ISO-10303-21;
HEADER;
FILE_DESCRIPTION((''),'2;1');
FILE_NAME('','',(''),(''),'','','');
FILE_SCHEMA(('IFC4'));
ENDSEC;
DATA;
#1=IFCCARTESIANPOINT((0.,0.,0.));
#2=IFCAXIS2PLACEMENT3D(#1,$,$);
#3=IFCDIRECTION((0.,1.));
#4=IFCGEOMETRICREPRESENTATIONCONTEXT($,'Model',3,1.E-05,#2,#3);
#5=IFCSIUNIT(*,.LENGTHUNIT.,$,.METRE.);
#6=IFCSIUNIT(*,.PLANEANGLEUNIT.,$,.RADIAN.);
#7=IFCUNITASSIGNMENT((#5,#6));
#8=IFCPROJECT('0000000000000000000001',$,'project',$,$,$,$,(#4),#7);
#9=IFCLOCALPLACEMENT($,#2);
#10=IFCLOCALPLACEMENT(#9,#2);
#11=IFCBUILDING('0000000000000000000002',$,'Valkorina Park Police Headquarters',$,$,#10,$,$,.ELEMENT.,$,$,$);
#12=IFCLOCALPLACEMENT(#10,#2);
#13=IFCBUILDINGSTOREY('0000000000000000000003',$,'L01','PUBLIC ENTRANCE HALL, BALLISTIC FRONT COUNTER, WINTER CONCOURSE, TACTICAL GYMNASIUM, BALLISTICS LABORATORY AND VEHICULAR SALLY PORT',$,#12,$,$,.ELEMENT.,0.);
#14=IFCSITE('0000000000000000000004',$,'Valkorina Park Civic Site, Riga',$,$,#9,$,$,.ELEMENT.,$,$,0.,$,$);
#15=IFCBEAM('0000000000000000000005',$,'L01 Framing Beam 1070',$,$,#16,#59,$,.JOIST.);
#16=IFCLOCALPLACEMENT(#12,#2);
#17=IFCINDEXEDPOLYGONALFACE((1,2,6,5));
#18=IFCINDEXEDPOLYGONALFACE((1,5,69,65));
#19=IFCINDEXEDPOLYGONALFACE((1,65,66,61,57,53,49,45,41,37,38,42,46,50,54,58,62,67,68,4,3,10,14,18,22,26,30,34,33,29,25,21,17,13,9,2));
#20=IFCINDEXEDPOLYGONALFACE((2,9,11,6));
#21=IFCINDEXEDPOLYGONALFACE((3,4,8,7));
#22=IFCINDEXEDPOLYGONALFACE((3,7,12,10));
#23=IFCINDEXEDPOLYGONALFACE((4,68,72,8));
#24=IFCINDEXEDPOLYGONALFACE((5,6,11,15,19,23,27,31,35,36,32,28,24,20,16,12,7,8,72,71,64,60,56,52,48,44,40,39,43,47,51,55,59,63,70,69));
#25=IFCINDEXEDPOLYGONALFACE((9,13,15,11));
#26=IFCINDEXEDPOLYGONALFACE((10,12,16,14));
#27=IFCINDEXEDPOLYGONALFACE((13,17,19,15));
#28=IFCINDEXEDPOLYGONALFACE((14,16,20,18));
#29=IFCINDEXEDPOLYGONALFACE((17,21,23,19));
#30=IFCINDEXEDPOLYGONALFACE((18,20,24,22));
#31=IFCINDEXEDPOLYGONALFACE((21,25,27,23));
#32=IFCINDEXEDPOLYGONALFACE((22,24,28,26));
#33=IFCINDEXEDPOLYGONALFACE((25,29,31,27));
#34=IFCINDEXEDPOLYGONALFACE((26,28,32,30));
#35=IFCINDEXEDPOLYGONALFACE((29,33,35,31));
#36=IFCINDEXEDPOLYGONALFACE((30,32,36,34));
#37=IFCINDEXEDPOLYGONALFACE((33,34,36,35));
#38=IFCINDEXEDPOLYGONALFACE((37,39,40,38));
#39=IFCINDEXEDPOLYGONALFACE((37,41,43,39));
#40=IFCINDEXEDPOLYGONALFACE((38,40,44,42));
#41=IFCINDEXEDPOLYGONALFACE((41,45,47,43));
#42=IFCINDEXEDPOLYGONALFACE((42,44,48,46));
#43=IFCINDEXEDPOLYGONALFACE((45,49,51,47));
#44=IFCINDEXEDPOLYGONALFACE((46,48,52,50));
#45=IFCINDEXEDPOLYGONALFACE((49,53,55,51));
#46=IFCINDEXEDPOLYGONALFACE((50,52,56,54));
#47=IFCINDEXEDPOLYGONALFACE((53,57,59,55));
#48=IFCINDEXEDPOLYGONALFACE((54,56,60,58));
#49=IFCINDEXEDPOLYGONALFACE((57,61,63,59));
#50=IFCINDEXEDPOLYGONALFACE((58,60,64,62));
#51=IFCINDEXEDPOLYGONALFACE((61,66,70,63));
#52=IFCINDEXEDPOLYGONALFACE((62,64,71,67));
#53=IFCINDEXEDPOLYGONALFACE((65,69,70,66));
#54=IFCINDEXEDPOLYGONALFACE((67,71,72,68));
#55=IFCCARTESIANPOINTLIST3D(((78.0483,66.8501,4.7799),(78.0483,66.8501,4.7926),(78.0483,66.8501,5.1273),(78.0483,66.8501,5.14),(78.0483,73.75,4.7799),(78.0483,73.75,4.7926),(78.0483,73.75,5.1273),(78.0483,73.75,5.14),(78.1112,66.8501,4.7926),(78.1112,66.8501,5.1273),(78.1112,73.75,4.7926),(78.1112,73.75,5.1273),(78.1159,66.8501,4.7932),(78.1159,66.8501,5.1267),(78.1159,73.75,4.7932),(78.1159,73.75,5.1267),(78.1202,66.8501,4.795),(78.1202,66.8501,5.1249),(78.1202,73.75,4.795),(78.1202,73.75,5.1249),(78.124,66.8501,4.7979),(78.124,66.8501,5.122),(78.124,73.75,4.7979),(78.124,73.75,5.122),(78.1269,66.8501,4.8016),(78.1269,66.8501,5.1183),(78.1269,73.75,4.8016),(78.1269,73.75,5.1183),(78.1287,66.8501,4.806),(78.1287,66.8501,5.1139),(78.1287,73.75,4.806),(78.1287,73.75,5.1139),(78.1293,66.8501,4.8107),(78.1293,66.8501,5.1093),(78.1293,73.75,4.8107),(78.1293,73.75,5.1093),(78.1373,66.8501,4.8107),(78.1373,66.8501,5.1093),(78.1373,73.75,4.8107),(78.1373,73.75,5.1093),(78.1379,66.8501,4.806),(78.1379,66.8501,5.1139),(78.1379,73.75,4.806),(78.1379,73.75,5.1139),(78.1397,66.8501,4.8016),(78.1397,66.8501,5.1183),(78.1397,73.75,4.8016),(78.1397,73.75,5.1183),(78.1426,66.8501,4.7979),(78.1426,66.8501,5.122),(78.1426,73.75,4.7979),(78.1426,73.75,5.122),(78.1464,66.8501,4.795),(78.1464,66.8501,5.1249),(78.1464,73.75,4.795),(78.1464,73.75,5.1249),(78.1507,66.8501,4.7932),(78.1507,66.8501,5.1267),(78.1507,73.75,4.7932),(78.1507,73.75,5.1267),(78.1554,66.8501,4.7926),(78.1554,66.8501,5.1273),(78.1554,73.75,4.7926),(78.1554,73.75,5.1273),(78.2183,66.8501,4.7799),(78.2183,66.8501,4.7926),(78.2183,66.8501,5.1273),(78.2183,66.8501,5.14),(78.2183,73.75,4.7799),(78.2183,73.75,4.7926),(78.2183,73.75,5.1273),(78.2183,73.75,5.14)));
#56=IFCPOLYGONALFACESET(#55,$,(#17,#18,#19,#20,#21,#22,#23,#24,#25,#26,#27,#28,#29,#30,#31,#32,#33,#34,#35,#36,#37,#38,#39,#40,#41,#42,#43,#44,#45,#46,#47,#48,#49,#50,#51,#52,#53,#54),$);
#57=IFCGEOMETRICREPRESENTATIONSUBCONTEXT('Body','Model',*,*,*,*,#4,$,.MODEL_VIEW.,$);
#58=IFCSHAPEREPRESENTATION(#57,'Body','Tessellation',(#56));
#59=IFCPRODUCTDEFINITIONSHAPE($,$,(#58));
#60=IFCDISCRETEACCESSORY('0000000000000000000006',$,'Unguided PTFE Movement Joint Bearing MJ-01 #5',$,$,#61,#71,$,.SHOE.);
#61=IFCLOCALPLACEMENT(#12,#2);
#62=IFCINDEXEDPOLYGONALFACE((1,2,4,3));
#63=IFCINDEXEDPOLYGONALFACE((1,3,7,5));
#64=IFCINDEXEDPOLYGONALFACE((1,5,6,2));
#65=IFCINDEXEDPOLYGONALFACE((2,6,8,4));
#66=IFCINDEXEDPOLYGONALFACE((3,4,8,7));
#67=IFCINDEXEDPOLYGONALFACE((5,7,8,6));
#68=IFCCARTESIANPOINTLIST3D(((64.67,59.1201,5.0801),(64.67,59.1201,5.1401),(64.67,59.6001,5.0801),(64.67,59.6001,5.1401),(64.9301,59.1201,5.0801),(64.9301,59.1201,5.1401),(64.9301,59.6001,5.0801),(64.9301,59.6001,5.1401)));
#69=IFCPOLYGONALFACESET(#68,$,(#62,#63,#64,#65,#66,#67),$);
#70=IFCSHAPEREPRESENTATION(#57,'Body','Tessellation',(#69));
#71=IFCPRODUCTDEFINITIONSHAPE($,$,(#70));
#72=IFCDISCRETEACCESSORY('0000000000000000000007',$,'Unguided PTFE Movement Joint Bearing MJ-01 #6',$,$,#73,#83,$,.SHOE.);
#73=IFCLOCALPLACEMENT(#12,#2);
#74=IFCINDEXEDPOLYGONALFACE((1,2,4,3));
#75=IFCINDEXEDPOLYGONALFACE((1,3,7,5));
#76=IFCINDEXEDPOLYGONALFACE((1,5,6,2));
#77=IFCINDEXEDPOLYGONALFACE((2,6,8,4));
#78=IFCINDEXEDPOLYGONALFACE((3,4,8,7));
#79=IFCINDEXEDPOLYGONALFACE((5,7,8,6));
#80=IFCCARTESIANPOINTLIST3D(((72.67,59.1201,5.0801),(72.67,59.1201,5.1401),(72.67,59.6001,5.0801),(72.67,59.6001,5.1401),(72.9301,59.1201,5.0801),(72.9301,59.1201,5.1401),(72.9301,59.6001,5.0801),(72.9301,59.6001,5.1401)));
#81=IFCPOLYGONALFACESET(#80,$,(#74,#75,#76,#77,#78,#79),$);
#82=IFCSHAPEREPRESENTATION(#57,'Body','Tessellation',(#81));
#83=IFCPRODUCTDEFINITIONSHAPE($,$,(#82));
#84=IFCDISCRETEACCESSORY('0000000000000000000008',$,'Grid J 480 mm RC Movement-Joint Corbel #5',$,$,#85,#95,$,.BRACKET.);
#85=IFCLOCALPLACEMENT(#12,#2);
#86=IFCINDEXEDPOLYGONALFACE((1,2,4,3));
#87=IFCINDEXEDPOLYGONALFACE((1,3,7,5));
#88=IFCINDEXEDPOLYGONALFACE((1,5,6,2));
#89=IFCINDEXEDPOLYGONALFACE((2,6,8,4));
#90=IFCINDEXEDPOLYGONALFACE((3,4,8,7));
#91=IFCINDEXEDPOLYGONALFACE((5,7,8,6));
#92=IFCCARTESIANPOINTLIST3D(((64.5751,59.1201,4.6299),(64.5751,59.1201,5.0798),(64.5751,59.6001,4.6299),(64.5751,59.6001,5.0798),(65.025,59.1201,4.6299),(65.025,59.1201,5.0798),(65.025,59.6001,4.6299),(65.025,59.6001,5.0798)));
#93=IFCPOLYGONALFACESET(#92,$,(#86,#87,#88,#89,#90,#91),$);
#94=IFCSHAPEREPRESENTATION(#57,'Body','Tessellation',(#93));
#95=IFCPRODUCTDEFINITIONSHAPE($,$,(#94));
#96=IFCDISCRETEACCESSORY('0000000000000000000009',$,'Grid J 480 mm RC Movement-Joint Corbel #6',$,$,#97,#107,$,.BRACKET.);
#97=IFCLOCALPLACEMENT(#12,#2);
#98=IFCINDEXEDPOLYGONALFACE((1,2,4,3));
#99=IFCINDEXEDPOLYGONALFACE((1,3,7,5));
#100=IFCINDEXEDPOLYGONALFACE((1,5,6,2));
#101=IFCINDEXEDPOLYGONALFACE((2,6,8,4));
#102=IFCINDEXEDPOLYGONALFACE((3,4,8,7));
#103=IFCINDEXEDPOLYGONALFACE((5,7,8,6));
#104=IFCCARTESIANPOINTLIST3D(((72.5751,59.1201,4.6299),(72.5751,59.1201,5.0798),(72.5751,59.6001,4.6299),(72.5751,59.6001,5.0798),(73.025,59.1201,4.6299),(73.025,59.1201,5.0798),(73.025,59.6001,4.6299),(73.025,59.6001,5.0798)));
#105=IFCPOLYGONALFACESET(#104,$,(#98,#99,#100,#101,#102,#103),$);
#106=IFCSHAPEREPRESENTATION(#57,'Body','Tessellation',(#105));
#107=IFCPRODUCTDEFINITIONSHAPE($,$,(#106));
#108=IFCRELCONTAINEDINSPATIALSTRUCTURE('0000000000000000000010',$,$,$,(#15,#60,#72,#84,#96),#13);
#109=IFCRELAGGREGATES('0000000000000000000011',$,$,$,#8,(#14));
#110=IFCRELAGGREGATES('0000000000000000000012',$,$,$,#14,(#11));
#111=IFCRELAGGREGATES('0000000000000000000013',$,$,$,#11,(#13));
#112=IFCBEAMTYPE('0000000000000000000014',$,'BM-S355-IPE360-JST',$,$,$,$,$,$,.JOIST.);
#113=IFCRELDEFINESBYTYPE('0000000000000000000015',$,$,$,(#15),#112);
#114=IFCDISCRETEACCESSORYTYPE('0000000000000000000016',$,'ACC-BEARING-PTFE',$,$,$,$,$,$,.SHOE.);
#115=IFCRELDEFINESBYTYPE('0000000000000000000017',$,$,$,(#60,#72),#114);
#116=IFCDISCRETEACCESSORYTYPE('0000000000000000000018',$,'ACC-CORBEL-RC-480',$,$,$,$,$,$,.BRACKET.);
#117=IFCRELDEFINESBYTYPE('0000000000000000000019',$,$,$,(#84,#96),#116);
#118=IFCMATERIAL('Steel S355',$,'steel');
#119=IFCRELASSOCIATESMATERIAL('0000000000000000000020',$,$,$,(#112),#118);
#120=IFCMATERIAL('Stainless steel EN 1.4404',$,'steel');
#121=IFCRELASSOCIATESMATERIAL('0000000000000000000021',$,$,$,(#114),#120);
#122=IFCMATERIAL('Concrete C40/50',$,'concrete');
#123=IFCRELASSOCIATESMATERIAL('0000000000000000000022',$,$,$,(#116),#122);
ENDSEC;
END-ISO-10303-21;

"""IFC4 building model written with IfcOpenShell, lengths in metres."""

from ifc_helpers import new_model, si_unit, direction, frame, origin, origin_2d, place, context, subcontext, project, spatial, rectangle, i_section, extrude, material, material_profile, profile_set, type_object, element, save


model = new_model("IFC4")

# Units and contexts
model_context = context("Model", 3, precision=1e-05, world=origin(), true_north=direction((0.0, 1.0)))
body_context = subcontext(model_context, "Body", "Model", "MODEL_VIEW")
ifc_project = project(units=[si_unit("LENGTHUNIT", "METRE"), si_unit("PLANEANGLEUNIT", "RADIAN")], contexts=[model_context])

# Site, building, storey
site_placement = place(None, origin())
site = spatial("IfcSite", under=ifc_project, at=site_placement, Name="Valkorina Park Civic Site, Riga", CompositionType="ELEMENT", RefElevation=0.0)
building_placement = place(site_placement, origin())
building = spatial("IfcBuilding", under=site, at=building_placement, Name="Valkorina Park Police Headquarters", CompositionType="ELEMENT")
storey_placement = place(building_placement, origin())
storey = spatial("IfcBuildingStorey", under=building, at=storey_placement, Name="L01", Description="PUBLIC ENTRANCE HALL, BALLISTIC FRONT COUNTER, WINTER CONCOURSE, TACTICAL GYMNASIUM, BALLISTICS LABORATORY AND VEHICULAR SALLY PORT", CompositionType="ELEMENT", Elevation=0.0)

# Shared definitions
ifc_material_1 = material(Name="Concrete C40/50", Category="concrete")

# Beam
ifc_material_2 = material(Name="Steel S355", Category="steel")
ifc_material_profile_1 = material_profile(ifc_material_2, i_section(OverallWidth=0.1699, OverallDepth=0.3601, WebThickness=0.0081, FlangeThickness=0.0127, FilletRadius=0.0181, at=origin_2d()), Name="IPE 360")
ifc_profile_set_1 = profile_set([ifc_material_profile_1], Name="Steel S355")
beam_type_1 = type_object("IfcBeamType", Name="BM-S355-IPE360-JST", PredefinedType="JOIST", material=ifc_profile_set_1)
for number, where, z_axis, x_axis, name in (
    (1, (78.1333, 66.8501, 4.96), (0.0, 1.0, 0.0), (-1.0, 0.0, 0.0), "L01 Framing Beam 1070"),
):
    element("IfcBeam", number, at=place(storey_placement, frame(where, z_axis=z_axis, x_axis=x_axis)), inside=storey, type_object=beam_type_1, Name=name, PredefinedType="JOIST", context=body_context, shape_type="SweptSolid", body=[
        extrude(i_section(OverallWidth=0.1699, OverallDepth=0.3601, WebThickness=0.0081, FlangeThickness=0.0127, FilletRadius=0.0181, at=origin_2d()), origin(), (0.0, 0.0, 1.0), 6.8999),
    ])

# Discrete accessories
ifc_material_3 = material(Name="Stainless steel EN 1.4404", Category="steel")
discrete_accessory_type_1 = type_object("IfcDiscreteAccessoryType", Name="ACC-BEARING-PTFE", PredefinedType="SHOE", material=ifc_material_3)
for number, where, z_axis, x_axis, name in (
    (2, (64.8, 59.3601, 5.0801), (0.0, 0.0, 1.0), (1.0, 0.0, 0.0), "Unguided PTFE Movement Joint Bearing MJ-01 #5"),
    (3, (72.8, 59.3601, 5.0801), (0.0, 0.0, 1.0), (1.0, 0.0, 0.0), "Unguided PTFE Movement Joint Bearing MJ-01 #6"),
):
    element("IfcDiscreteAccessory", number, at=place(storey_placement, frame(where, z_axis=z_axis, x_axis=x_axis)), inside=storey, type_object=discrete_accessory_type_1, Name=name, PredefinedType="SHOE", context=body_context, shape_type="SweptSolid", body=[
        extrude(rectangle(XDim=0.26, YDim=0.48, at=origin_2d()), origin(), (0.0, 0.0, 1.0), 0.0601),
    ])
discrete_accessory_type_2 = type_object("IfcDiscreteAccessoryType", Name="ACC-CORBEL-RC-480", PredefinedType="BRACKET", material=ifc_material_1)
for number, where, z_axis, x_axis, name in (
    (4, (64.8, 59.3601, 4.6299), (0.0, 0.0, 1.0), (1.0, 0.0, 0.0), "Grid J 480 mm RC Movement-Joint Corbel #5"),
    (5, (72.8, 59.3601, 4.6299), (0.0, 0.0, 1.0), (1.0, 0.0, 0.0), "Grid J 480 mm RC Movement-Joint Corbel #6"),
):
    element("IfcDiscreteAccessory", number, at=place(storey_placement, frame(where, z_axis=z_axis, x_axis=x_axis)), inside=storey, type_object=discrete_accessory_type_2, Name=name, PredefinedType="BRACKET", context=body_context, shape_type="SweptSolid", body=[
        extrude(rectangle(XDim=0.45, YDim=0.48, at=origin_2d()), origin(), (0.0, 0.0, 1.0), 0.45),
    ])

save(model, "model.ifc")
